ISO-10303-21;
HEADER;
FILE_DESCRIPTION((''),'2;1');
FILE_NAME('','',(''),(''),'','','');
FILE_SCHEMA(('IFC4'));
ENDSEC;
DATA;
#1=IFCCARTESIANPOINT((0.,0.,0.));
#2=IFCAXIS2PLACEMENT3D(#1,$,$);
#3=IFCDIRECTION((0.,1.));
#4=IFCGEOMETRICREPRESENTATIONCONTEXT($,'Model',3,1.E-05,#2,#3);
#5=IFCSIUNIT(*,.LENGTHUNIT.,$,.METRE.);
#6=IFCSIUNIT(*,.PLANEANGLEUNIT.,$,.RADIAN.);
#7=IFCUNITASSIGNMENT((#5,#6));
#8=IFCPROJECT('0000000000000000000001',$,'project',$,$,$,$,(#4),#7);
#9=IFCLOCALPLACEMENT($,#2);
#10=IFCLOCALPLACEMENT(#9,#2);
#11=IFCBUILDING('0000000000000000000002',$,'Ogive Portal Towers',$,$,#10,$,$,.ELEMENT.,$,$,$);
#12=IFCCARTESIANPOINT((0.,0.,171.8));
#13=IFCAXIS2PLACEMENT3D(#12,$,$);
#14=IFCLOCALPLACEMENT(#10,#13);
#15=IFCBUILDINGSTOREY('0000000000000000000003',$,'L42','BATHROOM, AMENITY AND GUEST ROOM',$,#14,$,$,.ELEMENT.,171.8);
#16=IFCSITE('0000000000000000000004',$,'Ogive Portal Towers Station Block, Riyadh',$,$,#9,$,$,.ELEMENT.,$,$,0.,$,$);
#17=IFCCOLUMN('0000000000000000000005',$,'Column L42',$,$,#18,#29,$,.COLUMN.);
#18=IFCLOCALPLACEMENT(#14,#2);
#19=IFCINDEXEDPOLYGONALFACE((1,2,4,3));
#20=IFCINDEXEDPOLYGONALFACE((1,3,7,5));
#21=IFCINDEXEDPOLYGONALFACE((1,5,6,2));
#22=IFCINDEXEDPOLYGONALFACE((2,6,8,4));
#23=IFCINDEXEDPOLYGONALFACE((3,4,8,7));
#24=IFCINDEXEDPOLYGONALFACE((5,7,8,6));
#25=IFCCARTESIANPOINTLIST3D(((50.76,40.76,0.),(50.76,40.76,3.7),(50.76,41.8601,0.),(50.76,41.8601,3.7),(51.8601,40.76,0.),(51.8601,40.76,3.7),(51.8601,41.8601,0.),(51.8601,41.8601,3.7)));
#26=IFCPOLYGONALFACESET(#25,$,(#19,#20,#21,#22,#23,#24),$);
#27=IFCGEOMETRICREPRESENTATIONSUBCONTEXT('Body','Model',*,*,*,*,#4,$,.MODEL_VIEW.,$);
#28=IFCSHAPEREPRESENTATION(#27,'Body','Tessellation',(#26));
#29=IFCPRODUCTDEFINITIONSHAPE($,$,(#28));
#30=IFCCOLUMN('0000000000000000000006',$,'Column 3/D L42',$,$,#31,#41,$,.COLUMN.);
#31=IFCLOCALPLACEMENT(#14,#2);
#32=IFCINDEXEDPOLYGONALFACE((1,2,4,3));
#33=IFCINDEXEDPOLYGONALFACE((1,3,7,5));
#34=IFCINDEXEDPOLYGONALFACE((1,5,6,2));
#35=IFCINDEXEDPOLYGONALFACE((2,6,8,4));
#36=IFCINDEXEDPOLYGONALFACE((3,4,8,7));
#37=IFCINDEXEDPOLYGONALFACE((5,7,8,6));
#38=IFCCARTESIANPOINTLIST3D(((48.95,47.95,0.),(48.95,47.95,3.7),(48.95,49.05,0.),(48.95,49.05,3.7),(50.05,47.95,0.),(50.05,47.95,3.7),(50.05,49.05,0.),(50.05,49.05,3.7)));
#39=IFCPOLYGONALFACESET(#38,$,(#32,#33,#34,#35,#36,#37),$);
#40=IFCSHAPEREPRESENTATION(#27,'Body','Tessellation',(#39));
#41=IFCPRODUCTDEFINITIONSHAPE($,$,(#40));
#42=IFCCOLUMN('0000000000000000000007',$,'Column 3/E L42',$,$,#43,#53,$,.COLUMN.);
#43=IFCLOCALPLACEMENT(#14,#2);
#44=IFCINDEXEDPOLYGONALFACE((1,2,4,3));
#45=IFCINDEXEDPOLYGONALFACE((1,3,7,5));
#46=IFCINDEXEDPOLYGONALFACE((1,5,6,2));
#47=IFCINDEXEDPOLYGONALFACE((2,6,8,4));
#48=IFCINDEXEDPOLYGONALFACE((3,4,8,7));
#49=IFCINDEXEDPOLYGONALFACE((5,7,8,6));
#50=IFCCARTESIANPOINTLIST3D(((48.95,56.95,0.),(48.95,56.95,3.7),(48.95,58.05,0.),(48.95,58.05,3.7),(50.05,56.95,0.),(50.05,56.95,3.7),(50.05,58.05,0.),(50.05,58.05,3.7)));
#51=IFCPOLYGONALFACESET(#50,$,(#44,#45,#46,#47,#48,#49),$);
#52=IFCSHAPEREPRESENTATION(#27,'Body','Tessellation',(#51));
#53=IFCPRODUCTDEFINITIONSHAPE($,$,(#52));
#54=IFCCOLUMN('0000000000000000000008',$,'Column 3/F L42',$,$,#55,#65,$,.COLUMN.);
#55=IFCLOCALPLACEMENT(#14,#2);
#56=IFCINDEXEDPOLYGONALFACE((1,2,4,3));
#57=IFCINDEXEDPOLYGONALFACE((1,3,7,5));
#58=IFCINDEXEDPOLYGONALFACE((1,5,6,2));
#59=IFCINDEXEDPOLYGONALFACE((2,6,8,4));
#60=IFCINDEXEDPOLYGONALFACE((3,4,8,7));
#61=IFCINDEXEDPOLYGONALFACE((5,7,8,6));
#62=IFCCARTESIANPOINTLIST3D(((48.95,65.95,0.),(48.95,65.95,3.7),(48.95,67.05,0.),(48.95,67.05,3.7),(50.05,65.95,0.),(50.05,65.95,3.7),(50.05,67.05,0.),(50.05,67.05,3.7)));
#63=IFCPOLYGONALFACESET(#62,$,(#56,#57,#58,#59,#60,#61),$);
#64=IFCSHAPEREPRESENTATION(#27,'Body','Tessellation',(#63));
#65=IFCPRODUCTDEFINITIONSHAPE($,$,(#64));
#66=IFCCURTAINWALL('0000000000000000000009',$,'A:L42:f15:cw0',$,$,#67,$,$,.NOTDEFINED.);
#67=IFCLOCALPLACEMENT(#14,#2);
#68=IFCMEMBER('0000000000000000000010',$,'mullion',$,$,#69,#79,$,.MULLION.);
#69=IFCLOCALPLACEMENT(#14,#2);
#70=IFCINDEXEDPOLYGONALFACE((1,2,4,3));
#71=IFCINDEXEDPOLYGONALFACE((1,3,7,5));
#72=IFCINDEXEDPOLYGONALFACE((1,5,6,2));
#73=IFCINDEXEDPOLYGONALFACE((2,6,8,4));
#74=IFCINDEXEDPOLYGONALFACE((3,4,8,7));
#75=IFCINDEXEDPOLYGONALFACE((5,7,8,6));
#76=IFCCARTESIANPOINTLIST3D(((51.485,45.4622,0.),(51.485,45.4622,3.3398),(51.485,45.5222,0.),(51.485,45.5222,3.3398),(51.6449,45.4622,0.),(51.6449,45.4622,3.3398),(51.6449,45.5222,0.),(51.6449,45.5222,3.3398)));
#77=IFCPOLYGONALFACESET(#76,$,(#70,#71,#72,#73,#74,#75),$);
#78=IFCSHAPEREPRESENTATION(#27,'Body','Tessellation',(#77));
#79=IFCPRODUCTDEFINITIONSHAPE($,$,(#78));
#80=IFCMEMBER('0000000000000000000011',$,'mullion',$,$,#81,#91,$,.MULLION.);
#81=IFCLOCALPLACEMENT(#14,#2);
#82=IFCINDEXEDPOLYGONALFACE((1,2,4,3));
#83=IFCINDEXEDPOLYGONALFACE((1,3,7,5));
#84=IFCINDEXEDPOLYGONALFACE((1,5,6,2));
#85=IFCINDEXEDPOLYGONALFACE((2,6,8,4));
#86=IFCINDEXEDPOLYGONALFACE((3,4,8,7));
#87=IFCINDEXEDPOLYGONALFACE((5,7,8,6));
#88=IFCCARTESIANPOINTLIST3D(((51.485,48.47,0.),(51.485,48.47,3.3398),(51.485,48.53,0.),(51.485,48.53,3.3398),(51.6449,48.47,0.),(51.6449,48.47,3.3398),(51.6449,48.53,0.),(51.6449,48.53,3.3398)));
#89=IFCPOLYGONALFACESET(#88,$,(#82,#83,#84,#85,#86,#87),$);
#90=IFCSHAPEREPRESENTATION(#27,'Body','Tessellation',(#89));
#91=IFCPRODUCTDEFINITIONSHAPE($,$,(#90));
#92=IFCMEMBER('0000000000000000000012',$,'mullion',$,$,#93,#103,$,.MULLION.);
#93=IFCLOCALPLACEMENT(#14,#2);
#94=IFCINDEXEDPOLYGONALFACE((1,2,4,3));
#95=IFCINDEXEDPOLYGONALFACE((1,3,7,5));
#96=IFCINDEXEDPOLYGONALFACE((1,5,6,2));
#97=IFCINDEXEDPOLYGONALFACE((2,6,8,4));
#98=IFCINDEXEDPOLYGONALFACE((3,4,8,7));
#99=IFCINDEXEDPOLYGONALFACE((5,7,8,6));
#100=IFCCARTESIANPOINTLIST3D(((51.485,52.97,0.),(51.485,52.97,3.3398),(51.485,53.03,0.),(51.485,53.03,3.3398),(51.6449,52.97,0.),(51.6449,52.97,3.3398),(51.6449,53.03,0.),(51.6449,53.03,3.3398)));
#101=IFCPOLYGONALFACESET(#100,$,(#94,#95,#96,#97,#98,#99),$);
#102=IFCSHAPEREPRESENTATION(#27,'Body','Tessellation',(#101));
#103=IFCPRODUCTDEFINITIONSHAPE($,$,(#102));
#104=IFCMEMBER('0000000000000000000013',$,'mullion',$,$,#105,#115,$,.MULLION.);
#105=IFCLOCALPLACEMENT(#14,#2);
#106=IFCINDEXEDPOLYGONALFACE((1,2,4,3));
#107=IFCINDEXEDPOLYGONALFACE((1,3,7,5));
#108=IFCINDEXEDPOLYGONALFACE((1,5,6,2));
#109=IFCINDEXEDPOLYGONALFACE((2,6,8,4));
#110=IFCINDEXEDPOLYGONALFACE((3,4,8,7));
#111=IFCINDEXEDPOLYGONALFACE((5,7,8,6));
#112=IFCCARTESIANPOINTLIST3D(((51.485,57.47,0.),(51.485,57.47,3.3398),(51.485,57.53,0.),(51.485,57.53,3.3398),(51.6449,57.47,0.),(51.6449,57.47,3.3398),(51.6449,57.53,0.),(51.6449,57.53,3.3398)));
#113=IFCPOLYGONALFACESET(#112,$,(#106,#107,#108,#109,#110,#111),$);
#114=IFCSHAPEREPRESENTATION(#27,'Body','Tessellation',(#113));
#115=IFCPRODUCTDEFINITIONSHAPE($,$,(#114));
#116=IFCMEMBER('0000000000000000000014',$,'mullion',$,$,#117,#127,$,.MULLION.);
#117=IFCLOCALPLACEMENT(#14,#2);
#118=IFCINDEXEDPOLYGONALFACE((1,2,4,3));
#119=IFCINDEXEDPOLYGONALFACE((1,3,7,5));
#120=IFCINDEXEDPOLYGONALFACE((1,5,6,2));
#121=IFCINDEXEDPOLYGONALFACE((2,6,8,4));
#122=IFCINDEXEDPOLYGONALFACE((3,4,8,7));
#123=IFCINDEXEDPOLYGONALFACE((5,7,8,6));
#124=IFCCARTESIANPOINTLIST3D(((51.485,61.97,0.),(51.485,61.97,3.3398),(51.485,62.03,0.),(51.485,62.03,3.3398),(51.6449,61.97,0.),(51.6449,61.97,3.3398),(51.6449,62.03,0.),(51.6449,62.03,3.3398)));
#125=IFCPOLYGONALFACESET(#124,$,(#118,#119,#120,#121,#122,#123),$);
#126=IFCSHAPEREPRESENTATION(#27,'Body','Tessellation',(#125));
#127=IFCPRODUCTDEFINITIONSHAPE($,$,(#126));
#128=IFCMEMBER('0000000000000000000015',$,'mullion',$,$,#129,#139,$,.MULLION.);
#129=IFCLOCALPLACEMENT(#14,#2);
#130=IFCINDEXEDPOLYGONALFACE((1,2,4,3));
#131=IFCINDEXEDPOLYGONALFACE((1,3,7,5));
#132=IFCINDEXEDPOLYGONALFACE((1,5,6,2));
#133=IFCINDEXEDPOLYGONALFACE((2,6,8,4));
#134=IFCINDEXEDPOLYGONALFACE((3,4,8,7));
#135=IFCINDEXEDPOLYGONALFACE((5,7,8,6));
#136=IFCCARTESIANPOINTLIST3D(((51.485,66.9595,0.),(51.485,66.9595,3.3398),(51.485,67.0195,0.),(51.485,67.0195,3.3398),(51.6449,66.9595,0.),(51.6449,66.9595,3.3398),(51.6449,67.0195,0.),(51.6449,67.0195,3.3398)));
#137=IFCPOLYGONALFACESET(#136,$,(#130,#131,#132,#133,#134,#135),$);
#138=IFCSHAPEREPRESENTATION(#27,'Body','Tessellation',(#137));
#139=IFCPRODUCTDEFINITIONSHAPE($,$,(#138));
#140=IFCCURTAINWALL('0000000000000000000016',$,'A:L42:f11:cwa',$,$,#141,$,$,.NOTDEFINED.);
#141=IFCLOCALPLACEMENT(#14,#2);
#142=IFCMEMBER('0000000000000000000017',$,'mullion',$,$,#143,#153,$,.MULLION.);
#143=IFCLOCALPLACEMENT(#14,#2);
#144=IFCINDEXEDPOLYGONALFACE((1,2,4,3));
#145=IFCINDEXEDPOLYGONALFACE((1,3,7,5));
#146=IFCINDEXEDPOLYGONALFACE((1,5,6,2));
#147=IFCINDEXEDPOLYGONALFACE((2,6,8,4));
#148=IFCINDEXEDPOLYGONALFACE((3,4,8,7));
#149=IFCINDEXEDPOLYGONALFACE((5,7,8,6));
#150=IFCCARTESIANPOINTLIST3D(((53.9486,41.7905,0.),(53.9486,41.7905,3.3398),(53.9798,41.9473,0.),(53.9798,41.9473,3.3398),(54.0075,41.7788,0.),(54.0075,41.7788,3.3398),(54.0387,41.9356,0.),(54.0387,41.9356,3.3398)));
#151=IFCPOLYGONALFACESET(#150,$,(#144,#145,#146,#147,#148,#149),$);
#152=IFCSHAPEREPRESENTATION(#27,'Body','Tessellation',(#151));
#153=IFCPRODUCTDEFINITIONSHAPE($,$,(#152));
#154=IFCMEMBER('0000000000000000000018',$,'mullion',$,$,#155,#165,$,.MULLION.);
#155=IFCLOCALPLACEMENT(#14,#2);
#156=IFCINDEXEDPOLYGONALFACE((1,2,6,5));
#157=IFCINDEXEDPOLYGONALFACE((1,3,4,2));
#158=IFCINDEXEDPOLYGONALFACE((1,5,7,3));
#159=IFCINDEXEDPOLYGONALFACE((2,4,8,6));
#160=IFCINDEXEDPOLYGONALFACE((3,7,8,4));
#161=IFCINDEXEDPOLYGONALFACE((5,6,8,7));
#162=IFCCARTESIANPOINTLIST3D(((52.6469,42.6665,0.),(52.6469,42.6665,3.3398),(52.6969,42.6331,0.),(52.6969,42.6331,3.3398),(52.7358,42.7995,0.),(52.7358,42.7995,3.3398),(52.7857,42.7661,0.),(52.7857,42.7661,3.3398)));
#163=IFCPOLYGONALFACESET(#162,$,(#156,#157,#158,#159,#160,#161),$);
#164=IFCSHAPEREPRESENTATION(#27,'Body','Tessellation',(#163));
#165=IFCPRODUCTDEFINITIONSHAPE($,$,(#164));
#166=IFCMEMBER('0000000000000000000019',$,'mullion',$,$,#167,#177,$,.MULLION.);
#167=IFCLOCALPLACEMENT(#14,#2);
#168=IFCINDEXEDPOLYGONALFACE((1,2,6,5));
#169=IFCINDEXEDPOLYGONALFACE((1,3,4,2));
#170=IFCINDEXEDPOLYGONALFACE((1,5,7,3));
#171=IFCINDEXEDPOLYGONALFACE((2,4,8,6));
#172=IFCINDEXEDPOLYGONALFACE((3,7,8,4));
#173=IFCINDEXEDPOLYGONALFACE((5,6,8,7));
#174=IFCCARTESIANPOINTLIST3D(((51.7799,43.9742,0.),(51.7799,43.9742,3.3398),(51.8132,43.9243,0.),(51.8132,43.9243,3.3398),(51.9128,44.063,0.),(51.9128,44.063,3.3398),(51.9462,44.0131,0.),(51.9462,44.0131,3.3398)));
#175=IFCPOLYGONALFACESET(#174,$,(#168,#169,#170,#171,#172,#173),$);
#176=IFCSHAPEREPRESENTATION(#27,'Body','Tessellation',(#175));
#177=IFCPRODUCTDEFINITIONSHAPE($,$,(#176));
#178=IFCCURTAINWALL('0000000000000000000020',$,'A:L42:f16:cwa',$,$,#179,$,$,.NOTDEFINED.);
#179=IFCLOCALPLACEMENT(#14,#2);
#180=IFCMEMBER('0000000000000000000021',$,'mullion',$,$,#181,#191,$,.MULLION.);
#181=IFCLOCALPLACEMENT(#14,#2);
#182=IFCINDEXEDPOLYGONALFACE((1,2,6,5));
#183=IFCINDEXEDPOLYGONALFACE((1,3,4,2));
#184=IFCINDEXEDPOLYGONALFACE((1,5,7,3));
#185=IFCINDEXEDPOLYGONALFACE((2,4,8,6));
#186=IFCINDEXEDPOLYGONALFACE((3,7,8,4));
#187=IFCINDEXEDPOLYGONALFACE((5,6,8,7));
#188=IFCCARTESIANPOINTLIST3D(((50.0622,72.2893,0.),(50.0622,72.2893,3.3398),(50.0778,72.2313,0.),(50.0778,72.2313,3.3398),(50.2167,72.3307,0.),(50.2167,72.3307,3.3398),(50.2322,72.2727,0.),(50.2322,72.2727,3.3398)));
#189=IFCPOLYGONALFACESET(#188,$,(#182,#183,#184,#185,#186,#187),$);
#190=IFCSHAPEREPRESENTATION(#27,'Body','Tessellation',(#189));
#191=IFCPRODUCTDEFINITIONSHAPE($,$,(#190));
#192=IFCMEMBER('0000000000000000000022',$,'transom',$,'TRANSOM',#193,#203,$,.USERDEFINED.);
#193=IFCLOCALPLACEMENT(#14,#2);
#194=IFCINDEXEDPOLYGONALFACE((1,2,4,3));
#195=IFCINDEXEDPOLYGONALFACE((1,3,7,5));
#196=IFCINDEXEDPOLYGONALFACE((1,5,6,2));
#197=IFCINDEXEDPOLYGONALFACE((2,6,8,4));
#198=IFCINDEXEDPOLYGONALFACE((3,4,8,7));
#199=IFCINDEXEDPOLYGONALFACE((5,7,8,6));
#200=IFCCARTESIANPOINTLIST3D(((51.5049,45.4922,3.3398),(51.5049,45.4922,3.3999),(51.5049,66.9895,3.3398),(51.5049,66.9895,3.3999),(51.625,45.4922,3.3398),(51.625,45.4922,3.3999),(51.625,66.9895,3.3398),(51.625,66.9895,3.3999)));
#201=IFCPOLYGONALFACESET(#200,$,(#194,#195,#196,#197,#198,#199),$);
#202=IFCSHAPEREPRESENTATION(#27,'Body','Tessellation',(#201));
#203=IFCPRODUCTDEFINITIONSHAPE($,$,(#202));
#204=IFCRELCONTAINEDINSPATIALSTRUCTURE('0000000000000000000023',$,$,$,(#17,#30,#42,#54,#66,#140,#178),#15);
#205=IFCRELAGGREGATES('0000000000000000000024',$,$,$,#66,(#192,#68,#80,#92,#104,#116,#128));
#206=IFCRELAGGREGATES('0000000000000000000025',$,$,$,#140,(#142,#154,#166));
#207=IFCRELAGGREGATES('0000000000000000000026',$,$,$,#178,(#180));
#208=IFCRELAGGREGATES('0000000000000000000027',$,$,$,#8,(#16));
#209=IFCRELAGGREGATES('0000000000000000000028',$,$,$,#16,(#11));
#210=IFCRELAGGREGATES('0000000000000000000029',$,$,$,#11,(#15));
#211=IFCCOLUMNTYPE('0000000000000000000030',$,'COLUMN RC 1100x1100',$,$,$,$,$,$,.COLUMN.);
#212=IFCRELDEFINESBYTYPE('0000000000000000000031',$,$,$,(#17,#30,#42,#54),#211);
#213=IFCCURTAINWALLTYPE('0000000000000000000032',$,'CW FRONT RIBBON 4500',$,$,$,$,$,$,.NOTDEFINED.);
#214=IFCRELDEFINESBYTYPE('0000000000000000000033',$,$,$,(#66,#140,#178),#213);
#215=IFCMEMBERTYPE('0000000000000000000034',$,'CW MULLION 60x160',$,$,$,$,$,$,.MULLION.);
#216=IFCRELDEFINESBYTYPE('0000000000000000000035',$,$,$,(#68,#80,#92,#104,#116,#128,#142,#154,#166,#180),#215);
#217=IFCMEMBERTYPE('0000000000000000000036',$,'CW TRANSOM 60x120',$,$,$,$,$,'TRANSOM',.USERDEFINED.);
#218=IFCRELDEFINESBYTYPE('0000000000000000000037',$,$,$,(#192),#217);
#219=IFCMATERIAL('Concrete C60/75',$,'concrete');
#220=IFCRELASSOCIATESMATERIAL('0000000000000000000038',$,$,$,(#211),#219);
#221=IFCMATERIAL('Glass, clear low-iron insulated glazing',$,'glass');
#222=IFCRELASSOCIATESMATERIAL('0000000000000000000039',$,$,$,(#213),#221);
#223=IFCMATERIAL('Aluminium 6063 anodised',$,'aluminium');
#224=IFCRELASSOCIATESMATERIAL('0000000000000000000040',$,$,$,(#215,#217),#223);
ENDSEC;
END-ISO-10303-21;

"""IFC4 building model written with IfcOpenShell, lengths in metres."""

from ifc_helpers import new_model, si_unit, direction, frame, origin, origin_2d, place, context, subcontext, project, spatial, rectangle, extrude, material, material_profile, profile_set, type_object, element, aggregate, save


model = new_model("IFC4")

# Units and contexts
model_context = context("Model", 3, precision=1e-05, world=origin(), true_north=direction((0.0, 1.0)))
body_context = subcontext(model_context, "Body", "Model", "MODEL_VIEW")
ifc_project = project(units=[si_unit("LENGTHUNIT", "METRE"), si_unit("PLANEANGLEUNIT", "RADIAN")], contexts=[model_context])

# Site, building, storey
site_placement = place(None, origin())
site = spatial("IfcSite", under=ifc_project, at=site_placement, Name="Ogive Portal Towers Station Block, Riyadh", CompositionType="ELEMENT", RefElevation=0.0)
building_placement = place(site_placement, origin())
building = spatial("IfcBuilding", under=site, at=building_placement, Name="Ogive Portal Towers", CompositionType="ELEMENT")
storey_placement = place(building_placement, frame((0.0, 0.0, 171.8)))
storey = spatial("IfcBuildingStorey", under=building, at=storey_placement, Name="L42", Description="BATHROOM, AMENITY AND GUEST ROOM", CompositionType="ELEMENT", Elevation=171.8)

# Columns
ifc_material_1 = material(Name="Concrete C60/75", Category="concrete")
ifc_material_profile_1 = material_profile(ifc_material_1, rectangle(XDim=1.1001, YDim=1.1001, at=origin_2d()), Name="RC 1100x1100")
ifc_profile_set_1 = profile_set([ifc_material_profile_1], Name="Concrete C60/75")
column_type = type_object("IfcColumnType", Name="COLUMN RC 1100x1100", PredefinedType="COLUMN", material=ifc_profile_set_1)
for number, where, z_axis, x_axis, name in (
    (1, (51.3101, 41.3101, 0.0), (0.0, 0.0, 1.0), (1.0, 0.0, 0.0), "Column L42"),
    (2, (49.5, 48.5, 0.0), (0.0, 0.0, 1.0), (1.0, 0.0, 0.0), "Column 3/D L42"),
    (3, (49.5, 57.5, 0.0), (0.0, 0.0, 1.0), (1.0, 0.0, 0.0), "Column 3/E L42"),
    (4, (49.5, 66.5, 0.0), (0.0, 0.0, 1.0), (1.0, 0.0, 0.0), "Column 3/F L42"),
):
    element("IfcColumn", number, at=place(storey_placement, frame(where, z_axis=z_axis, x_axis=x_axis)), inside=storey, type_object=column_type, Name=name, PredefinedType="COLUMN", context=body_context, shape_type="SweptSolid", body=[
        extrude(rectangle(XDim=1.1001, YDim=1.1001, at=origin_2d()), origin(), (0.0, 0.0, 1.0), 3.7),
    ])

# Curtain walls, members
ifc_material_2 = material(Name="Glass, clear low-iron insulated glazing", Category="glass")
curtain_wall_type = type_object("IfcCurtainWallType", Name="CW FRONT RIBBON 4500", PredefinedType="NOTDEFINED", material=ifc_material_2)
curtain_wall_1_placement = place(storey_placement, origin())
curtain_wall_1 = element("IfcCurtainWall", 5, at=curtain_wall_1_placement, inside=storey, type_object=curtain_wall_type, Name="A:L42:f15:cw0", PredefinedType="NOTDEFINED")
ifc_material_3 = material(Name="Aluminium 6063 anodised", Category="aluminium")
ifc_material_profile_2 = material_profile(ifc_material_3, rectangle(XDim=0.1599, YDim=0.0601, at=origin_2d()), Name="AL 60x160")
ifc_profile_set_2 = profile_set([ifc_material_profile_2], Name="Aluminium 6063 anodised")
member_type_1 = type_object("IfcMemberType", Name="CW MULLION 60x160", PredefinedType="MULLION", material=ifc_profile_set_2)
member_1_placement = place(storey_placement, frame((51.5649, 45.4922, 0.0), z_axis=(0.0, 0.0, 1.0), x_axis=(-1.0, 0.0, 0.0)))
member_1 = element("IfcMember", 6, at=member_1_placement, type_object=member_type_1, Name="mullion", PredefinedType="MULLION", context=body_context, shape_type="SweptSolid", body=[
    extrude(rectangle(XDim=0.1599, YDim=0.0601, at=origin_2d()), origin(), (0.0, 0.0, 1.0), 3.3398),
])
member_2_placement = place(storey_placement, frame((51.5649, 48.5, 0.0), z_axis=(0.0, 0.0, 1.0), x_axis=(-1.0, 0.0, 0.0)))
member_2 = element("IfcMember", 7, at=member_2_placement, type_object=member_type_1, Name="mullion", PredefinedType="MULLION", context=body_context, shape_type="SweptSolid", body=[
    extrude(rectangle(XDim=0.1599, YDim=0.0601, at=origin_2d()), origin(), (0.0, 0.0, 1.0), 3.3398),
])
member_3_placement = place(storey_placement, frame((51.5649, 53.0, 0.0), z_axis=(0.0, 0.0, 1.0), x_axis=(-1.0, 0.0, 0.0)))
member_3 = element("IfcMember", 8, at=member_3_placement, type_object=member_type_1, Name="mullion", PredefinedType="MULLION", context=body_context, shape_type="SweptSolid", body=[
    extrude(rectangle(XDim=0.1599, YDim=0.0601, at=origin_2d()), origin(), (0.0, 0.0, 1.0), 3.3398),
])
member_4_placement = place(storey_placement, frame((51.5649, 57.5, 0.0), z_axis=(0.0, 0.0, 1.0), x_axis=(-1.0, 0.0, 0.0)))
member_4 = element("IfcMember", 9, at=member_4_placement, type_object=member_type_1, Name="mullion", PredefinedType="MULLION", context=body_context, shape_type="SweptSolid", body=[
    extrude(rectangle(XDim=0.1599, YDim=0.0601, at=origin_2d()), origin(), (0.0, 0.0, 1.0), 3.3398),
])
member_5_placement = place(storey_placement, frame((51.5649, 62.0, 0.0), z_axis=(0.0, 0.0, 1.0), x_axis=(-1.0, 0.0, 0.0)))
member_5 = element("IfcMember", 10, at=member_5_placement, type_object=member_type_1, Name="mullion", PredefinedType="MULLION", context=body_context, shape_type="SweptSolid", body=[
    extrude(rectangle(XDim=0.1599, YDim=0.0601, at=origin_2d()), origin(), (0.0, 0.0, 1.0), 3.3398),
])
member_6_placement = place(storey_placement, frame((51.5649, 66.9895, 0.0), z_axis=(0.0, 0.0, 1.0), x_axis=(-1.0, 0.0, 0.0)))
member_6 = element("IfcMember", 11, at=member_6_placement, type_object=member_type_1, Name="mullion", PredefinedType="MULLION", context=body_context, shape_type="SweptSolid", body=[
    extrude(rectangle(XDim=0.1599, YDim=0.0601, at=origin_2d()), origin(), (0.0, 0.0, 1.0), 3.3398),
])
curtain_wall_2_placement = place(storey_placement, origin())
curtain_wall_2 = element("IfcCurtainWall", 12, at=curtain_wall_2_placement, inside=storey, type_object=curtain_wall_type, Name="A:L42:f11:cwa", PredefinedType="NOTDEFINED")
member_7_placement = place(storey_placement, frame((53.9937, 41.863, 0.0), z_axis=(0.0, 0.0, 1.0), x_axis=(-0.19509, -0.980785, 0.0)))
member_7 = element("IfcMember", 13, at=member_7_placement, type_object=member_type_1, Name="mullion", PredefinedType="MULLION", context=body_context, shape_type="SweptSolid", body=[
    extrude(rectangle(XDim=0.1599, YDim=0.0601, at=origin_2d()), origin(), (0.0, 0.0, 1.0), 3.3398),
])
member_8_placement = place(storey_placement, frame((52.7163, 42.7163, 0.0), z_axis=(0.0, 0.0, 1.0), x_axis=(-0.55557, -0.83147, 0.0)))
member_8 = element("IfcMember", 14, at=member_8_placement, type_object=member_type_1, Name="mullion", PredefinedType="MULLION", context=body_context, shape_type="SweptSolid", body=[
    extrude(rectangle(XDim=0.1599, YDim=0.0601, at=origin_2d()), origin(), (0.0, 0.0, 1.0), 3.3398),
])
member_9_placement = place(storey_placement, frame((51.863, 43.9937, 0.0), z_axis=(0.0, 0.0, 1.0), x_axis=(-0.83147, -0.55557, 0.0)))
member_9 = element("IfcMember", 15, at=member_9_placement, type_object=member_type_1, Name="mullion", PredefinedType="MULLION", context=body_context, shape_type="SweptSolid", body=[
    extrude(rectangle(XDim=0.1599, YDim=0.0601, at=origin_2d()), origin(), (0.0, 0.0, 1.0), 3.3398),
])

# Curtain wall, member
curtain_wall_3_placement = place(storey_placement, origin())
curtain_wall_3 = element("IfcCurtainWall", 16, at=curtain_wall_3_placement, inside=storey, type_object=curtain_wall_type, Name="A:L42:f16:cwa", PredefinedType="NOTDEFINED")
member_10_placement = place(storey_placement, frame((50.1472, 72.281, 0.0), z_axis=(0.0, 0.0, 1.0), x_axis=(-0.965926, -0.258819, 0.0)))
member_10 = element("IfcMember", 17, at=member_10_placement, type_object=member_type_1, Name="mullion", PredefinedType="MULLION", context=body_context, shape_type="SweptSolid", body=[
    extrude(rectangle(XDim=0.1599, YDim=0.0601, at=origin_2d()), origin(), (0.0, 0.0, 1.0), 3.3398),
])

# Member
ifc_material_profile_3 = material_profile(ifc_material_3, rectangle(XDim=0.1201, YDim=0.0601, at=origin_2d()), Name="AL 120x60")
ifc_profile_set_3 = profile_set([ifc_material_profile_3], Name="Aluminium 6063 anodised")
member_type_2 = type_object("IfcMemberType", Name="CW TRANSOM 60x120", ElementType="TRANSOM", PredefinedType="USERDEFINED", material=ifc_profile_set_3)
member_11_placement = place(storey_placement, frame((51.5649, 45.4922, 3.3699), z_axis=(0.0, 1.0, 0.0), x_axis=(-1.0, 0.0, 0.0)))
member_11 = element("IfcMember", 18, at=member_11_placement, type_object=member_type_2, Name="transom", ObjectType="TRANSOM", PredefinedType="USERDEFINED", context=body_context, shape_type="SweptSolid", body=[
    extrude(rectangle(XDim=0.1201, YDim=0.0601, at=origin_2d()), origin(), (0.0, 0.0, 1.0), 21.4973),
])

aggregate(curtain_wall_1, [member_11, member_1, member_2, member_3, member_4, member_5, member_6])
aggregate(curtain_wall_2, [member_7, member_8, member_9])
aggregate(curtain_wall_3, [member_10])

save(model, "model.ifc")
